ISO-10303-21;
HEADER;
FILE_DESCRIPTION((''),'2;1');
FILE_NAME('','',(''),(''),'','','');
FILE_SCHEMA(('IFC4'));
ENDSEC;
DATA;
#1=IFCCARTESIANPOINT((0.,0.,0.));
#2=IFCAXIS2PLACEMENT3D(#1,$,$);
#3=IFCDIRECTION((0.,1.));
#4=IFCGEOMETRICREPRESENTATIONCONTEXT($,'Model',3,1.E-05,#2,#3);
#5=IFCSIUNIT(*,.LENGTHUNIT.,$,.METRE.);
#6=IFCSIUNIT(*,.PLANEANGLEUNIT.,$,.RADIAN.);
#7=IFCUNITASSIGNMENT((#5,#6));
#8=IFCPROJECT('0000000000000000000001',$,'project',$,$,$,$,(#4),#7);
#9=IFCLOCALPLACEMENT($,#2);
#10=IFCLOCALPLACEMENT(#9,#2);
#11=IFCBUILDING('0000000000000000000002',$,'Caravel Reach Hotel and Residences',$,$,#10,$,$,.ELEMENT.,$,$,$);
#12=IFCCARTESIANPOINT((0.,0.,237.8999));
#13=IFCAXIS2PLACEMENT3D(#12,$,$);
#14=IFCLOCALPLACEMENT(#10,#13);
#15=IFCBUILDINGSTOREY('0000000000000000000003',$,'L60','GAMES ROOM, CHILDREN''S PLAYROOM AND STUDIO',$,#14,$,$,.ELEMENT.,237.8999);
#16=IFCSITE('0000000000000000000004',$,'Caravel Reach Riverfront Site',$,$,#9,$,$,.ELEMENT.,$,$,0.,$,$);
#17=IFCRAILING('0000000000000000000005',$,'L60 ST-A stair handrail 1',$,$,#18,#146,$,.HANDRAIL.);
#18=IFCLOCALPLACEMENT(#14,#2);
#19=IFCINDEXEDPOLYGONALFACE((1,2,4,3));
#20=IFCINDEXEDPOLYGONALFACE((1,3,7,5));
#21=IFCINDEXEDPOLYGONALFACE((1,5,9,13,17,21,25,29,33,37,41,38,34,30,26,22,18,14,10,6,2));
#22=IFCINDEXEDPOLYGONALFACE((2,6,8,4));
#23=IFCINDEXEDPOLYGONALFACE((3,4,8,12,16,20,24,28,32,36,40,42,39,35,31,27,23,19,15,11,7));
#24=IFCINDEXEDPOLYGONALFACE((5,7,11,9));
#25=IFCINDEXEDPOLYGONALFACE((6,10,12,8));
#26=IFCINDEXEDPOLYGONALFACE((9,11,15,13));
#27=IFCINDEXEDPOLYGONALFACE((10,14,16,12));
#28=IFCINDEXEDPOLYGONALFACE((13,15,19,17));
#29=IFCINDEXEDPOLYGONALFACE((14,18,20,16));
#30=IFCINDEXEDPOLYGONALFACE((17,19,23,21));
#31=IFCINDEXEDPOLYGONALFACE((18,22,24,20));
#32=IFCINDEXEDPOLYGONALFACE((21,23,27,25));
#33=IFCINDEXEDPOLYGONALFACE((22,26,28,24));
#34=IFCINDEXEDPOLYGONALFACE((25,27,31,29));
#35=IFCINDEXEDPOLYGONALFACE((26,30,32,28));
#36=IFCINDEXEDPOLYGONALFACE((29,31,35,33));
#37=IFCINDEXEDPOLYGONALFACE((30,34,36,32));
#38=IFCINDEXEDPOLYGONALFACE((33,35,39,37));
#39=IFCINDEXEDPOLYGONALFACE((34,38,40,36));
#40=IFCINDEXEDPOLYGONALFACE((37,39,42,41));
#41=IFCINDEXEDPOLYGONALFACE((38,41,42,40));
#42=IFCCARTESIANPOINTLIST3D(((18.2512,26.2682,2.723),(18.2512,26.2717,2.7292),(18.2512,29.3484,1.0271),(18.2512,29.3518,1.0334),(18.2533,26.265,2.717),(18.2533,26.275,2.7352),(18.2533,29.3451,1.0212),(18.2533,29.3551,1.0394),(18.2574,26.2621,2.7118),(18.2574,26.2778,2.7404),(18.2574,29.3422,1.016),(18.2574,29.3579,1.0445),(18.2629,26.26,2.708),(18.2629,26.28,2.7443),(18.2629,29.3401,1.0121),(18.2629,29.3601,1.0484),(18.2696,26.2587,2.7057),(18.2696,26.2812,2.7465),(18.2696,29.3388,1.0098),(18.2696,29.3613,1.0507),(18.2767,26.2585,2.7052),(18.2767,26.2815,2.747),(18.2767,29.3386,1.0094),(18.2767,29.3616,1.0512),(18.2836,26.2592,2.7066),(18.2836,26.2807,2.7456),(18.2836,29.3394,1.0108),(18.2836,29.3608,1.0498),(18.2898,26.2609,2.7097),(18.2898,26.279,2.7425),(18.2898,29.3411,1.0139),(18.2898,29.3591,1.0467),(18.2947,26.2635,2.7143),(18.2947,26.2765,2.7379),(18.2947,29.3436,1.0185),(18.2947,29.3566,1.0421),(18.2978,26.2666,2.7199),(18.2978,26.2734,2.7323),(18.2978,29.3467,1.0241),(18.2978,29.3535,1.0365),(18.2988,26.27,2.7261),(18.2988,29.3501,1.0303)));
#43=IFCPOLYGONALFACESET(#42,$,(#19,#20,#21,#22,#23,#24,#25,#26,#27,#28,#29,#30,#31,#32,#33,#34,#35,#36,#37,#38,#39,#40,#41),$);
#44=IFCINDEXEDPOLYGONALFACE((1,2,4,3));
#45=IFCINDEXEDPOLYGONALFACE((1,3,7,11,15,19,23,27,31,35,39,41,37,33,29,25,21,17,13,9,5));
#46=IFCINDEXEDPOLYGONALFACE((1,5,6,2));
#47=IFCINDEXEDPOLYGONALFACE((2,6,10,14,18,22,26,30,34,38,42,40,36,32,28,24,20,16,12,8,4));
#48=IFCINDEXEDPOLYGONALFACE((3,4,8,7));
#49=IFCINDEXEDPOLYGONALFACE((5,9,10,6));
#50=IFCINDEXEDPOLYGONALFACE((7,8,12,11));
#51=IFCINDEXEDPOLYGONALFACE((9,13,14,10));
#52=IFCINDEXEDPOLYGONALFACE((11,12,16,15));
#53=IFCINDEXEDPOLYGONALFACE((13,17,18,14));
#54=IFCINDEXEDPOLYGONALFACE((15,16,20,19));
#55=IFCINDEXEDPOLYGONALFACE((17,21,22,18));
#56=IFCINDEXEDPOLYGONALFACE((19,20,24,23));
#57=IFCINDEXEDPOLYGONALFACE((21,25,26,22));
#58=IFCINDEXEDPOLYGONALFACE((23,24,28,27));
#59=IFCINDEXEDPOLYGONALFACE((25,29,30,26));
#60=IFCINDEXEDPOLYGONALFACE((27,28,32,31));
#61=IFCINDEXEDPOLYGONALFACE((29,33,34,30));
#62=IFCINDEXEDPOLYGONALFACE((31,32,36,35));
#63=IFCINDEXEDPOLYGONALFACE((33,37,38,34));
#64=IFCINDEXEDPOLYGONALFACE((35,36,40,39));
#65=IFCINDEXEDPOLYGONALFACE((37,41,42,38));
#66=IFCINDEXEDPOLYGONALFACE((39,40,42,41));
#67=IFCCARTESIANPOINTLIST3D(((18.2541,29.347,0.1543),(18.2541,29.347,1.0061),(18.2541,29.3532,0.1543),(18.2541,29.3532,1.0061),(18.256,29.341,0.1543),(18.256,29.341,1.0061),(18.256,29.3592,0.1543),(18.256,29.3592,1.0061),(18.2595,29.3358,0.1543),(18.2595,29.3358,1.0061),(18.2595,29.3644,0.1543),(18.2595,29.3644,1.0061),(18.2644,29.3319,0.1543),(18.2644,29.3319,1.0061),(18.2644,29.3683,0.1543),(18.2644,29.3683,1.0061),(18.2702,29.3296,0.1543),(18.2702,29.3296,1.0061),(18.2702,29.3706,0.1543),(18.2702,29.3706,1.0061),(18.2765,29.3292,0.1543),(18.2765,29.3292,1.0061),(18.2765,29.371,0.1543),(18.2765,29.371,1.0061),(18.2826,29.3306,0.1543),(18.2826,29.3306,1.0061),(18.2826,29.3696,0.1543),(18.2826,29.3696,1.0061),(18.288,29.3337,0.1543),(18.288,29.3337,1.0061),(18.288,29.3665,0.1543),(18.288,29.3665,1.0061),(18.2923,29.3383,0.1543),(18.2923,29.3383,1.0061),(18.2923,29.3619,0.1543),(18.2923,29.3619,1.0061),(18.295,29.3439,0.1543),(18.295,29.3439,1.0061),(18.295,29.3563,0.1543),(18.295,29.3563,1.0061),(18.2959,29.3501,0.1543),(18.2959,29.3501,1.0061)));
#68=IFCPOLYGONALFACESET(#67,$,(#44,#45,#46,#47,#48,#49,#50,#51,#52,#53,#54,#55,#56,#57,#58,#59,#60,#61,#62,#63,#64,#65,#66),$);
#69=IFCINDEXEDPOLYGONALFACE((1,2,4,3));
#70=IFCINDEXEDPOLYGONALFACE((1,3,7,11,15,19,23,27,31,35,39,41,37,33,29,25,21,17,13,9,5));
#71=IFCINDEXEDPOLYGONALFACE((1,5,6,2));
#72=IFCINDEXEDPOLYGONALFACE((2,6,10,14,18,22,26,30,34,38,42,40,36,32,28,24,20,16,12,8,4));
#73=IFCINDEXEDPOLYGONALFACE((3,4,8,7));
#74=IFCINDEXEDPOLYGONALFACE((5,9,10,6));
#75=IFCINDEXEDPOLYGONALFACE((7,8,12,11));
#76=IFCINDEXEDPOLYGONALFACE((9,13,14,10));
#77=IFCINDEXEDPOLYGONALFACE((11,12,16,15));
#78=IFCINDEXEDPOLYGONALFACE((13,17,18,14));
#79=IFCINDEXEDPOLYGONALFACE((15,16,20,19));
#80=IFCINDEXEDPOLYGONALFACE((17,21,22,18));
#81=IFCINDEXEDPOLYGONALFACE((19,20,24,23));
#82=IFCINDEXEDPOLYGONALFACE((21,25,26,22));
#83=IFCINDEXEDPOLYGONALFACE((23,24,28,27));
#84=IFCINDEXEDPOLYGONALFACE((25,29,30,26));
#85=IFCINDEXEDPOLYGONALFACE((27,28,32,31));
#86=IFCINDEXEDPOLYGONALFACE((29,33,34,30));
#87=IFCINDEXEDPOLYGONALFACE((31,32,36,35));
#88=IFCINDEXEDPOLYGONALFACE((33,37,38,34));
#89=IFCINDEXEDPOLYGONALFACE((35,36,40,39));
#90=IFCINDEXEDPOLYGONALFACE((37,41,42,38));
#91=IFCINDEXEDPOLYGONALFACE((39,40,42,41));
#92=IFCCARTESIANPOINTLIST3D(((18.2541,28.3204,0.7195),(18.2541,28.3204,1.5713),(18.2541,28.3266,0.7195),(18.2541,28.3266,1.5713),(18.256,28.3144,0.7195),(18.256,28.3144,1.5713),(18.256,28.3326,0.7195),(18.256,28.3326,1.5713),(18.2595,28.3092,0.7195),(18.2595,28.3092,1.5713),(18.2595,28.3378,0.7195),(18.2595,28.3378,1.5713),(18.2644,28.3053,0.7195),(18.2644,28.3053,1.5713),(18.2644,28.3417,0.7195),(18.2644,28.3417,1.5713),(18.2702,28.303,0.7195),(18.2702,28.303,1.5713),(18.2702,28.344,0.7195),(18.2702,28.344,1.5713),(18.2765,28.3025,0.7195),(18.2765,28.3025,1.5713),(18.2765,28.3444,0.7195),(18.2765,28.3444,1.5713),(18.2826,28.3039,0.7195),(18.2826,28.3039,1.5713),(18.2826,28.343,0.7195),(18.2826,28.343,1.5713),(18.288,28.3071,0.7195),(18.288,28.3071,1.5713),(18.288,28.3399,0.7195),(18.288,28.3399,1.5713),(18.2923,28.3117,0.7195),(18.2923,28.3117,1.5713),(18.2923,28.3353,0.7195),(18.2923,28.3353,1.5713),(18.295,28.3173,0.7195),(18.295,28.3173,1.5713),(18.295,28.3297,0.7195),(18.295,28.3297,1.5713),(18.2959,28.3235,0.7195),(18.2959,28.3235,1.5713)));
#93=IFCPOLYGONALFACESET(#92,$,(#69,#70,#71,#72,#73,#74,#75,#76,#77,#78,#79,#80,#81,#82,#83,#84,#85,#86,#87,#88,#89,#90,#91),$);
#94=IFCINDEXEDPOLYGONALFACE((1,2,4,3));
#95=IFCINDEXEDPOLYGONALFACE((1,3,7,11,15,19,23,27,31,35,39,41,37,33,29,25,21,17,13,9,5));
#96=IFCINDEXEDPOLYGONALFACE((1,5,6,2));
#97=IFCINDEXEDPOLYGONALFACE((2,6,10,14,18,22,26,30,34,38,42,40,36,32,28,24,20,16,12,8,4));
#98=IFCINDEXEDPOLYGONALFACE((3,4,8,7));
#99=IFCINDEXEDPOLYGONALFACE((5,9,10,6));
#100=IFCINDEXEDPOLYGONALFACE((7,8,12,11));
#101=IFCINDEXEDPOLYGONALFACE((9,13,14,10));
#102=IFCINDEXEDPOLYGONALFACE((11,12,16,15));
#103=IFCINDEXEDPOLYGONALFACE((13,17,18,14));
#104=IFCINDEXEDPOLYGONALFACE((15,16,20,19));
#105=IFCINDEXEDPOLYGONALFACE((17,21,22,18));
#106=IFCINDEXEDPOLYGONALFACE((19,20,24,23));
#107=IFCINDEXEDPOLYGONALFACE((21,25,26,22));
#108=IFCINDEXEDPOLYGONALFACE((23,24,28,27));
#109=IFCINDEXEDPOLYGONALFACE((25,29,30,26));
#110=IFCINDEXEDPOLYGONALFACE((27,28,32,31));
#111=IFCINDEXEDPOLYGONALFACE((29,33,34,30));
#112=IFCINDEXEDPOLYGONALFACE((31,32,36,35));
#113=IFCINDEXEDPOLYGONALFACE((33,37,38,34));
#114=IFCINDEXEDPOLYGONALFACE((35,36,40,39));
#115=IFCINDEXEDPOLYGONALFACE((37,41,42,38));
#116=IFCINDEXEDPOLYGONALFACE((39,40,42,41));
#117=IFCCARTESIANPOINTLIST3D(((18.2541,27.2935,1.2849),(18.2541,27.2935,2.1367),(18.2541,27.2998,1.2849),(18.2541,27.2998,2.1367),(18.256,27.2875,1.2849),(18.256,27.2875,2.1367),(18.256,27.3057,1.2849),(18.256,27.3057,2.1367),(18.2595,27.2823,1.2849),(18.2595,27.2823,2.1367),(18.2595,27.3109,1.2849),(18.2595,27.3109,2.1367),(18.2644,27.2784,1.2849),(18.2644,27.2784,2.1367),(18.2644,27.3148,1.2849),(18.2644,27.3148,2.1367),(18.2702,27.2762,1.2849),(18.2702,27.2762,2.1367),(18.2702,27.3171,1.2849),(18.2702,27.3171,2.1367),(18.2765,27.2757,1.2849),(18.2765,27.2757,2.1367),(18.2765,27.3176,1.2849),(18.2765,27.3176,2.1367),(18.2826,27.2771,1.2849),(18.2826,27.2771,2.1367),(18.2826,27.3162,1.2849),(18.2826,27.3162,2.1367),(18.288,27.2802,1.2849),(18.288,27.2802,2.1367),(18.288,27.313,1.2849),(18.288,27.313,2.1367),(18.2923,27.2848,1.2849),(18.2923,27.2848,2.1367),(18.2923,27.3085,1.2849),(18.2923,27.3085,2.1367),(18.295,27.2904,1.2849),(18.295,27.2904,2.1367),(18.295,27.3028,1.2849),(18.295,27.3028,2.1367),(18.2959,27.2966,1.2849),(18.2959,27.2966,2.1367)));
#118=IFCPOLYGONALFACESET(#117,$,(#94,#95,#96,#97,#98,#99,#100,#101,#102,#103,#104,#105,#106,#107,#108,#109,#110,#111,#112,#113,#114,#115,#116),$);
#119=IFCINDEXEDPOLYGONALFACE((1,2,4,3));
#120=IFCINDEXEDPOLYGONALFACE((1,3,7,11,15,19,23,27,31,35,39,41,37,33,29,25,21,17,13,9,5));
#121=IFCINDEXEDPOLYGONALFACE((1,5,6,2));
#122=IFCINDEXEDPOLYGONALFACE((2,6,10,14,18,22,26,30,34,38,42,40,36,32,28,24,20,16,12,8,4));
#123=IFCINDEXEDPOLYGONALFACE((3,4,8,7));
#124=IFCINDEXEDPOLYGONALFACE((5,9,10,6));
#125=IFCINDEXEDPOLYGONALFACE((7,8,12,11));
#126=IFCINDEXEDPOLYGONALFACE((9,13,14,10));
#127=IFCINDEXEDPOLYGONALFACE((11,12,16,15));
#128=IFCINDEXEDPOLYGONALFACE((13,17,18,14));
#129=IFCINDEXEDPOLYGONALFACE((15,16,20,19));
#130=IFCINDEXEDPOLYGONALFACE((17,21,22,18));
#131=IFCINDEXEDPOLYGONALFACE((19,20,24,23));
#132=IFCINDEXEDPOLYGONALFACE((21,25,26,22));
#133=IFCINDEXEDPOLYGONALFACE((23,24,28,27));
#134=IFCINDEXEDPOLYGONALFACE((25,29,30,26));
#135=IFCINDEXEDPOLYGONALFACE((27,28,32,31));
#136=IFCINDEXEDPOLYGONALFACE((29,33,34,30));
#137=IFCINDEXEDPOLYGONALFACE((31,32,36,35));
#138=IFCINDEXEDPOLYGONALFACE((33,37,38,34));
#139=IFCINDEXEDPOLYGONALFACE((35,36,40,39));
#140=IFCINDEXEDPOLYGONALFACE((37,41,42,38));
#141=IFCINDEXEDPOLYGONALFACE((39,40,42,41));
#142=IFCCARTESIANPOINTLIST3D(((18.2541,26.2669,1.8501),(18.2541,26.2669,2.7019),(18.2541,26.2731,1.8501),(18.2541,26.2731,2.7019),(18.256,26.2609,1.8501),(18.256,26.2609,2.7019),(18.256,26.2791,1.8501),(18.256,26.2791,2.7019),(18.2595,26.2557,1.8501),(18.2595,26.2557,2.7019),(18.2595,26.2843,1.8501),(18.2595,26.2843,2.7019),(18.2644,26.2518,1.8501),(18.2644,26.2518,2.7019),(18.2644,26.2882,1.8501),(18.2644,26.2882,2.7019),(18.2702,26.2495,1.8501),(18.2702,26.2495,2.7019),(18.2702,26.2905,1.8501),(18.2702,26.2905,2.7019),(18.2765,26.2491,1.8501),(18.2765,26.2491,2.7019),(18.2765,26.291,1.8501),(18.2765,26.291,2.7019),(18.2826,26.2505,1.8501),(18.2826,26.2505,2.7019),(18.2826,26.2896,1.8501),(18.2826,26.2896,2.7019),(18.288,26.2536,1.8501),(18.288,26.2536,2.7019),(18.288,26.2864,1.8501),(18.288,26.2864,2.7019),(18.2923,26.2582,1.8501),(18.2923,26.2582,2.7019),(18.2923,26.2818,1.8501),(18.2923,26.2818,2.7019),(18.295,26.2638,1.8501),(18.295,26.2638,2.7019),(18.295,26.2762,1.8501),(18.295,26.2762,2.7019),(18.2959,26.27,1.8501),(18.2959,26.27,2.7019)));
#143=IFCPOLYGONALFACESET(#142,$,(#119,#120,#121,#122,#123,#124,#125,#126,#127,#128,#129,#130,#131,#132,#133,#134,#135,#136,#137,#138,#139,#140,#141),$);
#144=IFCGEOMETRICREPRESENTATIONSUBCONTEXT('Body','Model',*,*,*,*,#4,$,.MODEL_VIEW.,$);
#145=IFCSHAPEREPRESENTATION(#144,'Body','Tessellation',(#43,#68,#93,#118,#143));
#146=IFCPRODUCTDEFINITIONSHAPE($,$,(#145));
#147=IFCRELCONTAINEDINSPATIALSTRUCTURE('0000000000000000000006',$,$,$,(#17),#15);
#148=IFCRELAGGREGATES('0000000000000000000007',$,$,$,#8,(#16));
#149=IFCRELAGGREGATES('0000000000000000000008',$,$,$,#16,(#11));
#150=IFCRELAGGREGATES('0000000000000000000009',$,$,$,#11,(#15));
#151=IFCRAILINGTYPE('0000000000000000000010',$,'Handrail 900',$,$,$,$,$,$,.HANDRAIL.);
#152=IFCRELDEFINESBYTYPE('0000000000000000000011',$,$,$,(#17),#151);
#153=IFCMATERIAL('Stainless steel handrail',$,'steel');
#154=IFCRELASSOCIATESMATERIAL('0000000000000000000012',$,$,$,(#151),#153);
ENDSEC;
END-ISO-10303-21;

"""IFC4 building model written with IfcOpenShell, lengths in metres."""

from ifc_helpers import new_model, si_unit, direction, frame, origin, origin_2d, place, context, subcontext, project, spatial, circle, extrude, material, type_object, element, save


model = new_model("IFC4")

# Units and contexts
model_context = context("Model", 3, precision=1e-05, world=origin(), true_north=direction((0.0, 1.0)))
body_context = subcontext(model_context, "Body", "Model", "MODEL_VIEW")
ifc_project = project(units=[si_unit("LENGTHUNIT", "METRE"), si_unit("PLANEANGLEUNIT", "RADIAN")], contexts=[model_context])

# Site, building, storey
site_placement = place(None, origin())
site = spatial("IfcSite", under=ifc_project, at=site_placement, Name="Caravel Reach Riverfront Site", CompositionType="ELEMENT", RefElevation=0.0)
building_placement = place(site_placement, origin())
building = spatial("IfcBuilding", under=site, at=building_placement, Name="Caravel Reach Hotel and Residences", CompositionType="ELEMENT")
storey_placement = place(building_placement, frame((0.0, 0.0, 237.8999)))
storey = spatial("IfcBuildingStorey", under=building, at=storey_placement, Name="L60", Description="GAMES ROOM, CHILDREN'S PLAYROOM AND STUDIO", CompositionType="ELEMENT", Elevation=237.8999)

# Railing
ifc_material_1 = material(Name="Stainless steel handrail", Category="steel")
railing_type_1 = type_object("IfcRailingType", Name="Handrail 900", PredefinedType="HANDRAIL", material=ifc_material_1)
railing_1_placement = place(storey_placement, frame((18.2749, 29.3501, 0.1543)))
element("IfcRailing", 1, at=railing_1_placement, inside=storey, type_object=railing_type_1, Name="L60 ST-A stair handrail 1", PredefinedType="HANDRAIL", context=body_context, shape_type="SweptSolid", body=[
    extrude(circle(Radius=0.0239, at=origin_2d()), frame((0.0, 0.0, 0.876), z_axis=(0.0, -0.876005, 0.482303), x_axis=(1.0, 0.0, 0.0)), (0.0, 0.0, 1.0), 3.5161),
    extrude(circle(Radius=0.021, at=origin_2d()), origin(), (0.0, 0.0, 1.0), 0.8518),
    extrude(circle(Radius=0.021, at=origin_2d()), frame((0.0, -1.0266, 0.5652)), (0.0, 0.0, 1.0), 0.8518),
    extrude(circle(Radius=0.021, at=origin_2d()), frame((0.0, -2.0535, 1.1306)), (0.0, 0.0, 1.0), 0.8518),
    extrude(circle(Radius=0.021, at=origin_2d()), frame((0.0, -3.0801, 1.6958)), (0.0, 0.0, 1.0), 0.8518),
])

save(model, "model.ifc")
